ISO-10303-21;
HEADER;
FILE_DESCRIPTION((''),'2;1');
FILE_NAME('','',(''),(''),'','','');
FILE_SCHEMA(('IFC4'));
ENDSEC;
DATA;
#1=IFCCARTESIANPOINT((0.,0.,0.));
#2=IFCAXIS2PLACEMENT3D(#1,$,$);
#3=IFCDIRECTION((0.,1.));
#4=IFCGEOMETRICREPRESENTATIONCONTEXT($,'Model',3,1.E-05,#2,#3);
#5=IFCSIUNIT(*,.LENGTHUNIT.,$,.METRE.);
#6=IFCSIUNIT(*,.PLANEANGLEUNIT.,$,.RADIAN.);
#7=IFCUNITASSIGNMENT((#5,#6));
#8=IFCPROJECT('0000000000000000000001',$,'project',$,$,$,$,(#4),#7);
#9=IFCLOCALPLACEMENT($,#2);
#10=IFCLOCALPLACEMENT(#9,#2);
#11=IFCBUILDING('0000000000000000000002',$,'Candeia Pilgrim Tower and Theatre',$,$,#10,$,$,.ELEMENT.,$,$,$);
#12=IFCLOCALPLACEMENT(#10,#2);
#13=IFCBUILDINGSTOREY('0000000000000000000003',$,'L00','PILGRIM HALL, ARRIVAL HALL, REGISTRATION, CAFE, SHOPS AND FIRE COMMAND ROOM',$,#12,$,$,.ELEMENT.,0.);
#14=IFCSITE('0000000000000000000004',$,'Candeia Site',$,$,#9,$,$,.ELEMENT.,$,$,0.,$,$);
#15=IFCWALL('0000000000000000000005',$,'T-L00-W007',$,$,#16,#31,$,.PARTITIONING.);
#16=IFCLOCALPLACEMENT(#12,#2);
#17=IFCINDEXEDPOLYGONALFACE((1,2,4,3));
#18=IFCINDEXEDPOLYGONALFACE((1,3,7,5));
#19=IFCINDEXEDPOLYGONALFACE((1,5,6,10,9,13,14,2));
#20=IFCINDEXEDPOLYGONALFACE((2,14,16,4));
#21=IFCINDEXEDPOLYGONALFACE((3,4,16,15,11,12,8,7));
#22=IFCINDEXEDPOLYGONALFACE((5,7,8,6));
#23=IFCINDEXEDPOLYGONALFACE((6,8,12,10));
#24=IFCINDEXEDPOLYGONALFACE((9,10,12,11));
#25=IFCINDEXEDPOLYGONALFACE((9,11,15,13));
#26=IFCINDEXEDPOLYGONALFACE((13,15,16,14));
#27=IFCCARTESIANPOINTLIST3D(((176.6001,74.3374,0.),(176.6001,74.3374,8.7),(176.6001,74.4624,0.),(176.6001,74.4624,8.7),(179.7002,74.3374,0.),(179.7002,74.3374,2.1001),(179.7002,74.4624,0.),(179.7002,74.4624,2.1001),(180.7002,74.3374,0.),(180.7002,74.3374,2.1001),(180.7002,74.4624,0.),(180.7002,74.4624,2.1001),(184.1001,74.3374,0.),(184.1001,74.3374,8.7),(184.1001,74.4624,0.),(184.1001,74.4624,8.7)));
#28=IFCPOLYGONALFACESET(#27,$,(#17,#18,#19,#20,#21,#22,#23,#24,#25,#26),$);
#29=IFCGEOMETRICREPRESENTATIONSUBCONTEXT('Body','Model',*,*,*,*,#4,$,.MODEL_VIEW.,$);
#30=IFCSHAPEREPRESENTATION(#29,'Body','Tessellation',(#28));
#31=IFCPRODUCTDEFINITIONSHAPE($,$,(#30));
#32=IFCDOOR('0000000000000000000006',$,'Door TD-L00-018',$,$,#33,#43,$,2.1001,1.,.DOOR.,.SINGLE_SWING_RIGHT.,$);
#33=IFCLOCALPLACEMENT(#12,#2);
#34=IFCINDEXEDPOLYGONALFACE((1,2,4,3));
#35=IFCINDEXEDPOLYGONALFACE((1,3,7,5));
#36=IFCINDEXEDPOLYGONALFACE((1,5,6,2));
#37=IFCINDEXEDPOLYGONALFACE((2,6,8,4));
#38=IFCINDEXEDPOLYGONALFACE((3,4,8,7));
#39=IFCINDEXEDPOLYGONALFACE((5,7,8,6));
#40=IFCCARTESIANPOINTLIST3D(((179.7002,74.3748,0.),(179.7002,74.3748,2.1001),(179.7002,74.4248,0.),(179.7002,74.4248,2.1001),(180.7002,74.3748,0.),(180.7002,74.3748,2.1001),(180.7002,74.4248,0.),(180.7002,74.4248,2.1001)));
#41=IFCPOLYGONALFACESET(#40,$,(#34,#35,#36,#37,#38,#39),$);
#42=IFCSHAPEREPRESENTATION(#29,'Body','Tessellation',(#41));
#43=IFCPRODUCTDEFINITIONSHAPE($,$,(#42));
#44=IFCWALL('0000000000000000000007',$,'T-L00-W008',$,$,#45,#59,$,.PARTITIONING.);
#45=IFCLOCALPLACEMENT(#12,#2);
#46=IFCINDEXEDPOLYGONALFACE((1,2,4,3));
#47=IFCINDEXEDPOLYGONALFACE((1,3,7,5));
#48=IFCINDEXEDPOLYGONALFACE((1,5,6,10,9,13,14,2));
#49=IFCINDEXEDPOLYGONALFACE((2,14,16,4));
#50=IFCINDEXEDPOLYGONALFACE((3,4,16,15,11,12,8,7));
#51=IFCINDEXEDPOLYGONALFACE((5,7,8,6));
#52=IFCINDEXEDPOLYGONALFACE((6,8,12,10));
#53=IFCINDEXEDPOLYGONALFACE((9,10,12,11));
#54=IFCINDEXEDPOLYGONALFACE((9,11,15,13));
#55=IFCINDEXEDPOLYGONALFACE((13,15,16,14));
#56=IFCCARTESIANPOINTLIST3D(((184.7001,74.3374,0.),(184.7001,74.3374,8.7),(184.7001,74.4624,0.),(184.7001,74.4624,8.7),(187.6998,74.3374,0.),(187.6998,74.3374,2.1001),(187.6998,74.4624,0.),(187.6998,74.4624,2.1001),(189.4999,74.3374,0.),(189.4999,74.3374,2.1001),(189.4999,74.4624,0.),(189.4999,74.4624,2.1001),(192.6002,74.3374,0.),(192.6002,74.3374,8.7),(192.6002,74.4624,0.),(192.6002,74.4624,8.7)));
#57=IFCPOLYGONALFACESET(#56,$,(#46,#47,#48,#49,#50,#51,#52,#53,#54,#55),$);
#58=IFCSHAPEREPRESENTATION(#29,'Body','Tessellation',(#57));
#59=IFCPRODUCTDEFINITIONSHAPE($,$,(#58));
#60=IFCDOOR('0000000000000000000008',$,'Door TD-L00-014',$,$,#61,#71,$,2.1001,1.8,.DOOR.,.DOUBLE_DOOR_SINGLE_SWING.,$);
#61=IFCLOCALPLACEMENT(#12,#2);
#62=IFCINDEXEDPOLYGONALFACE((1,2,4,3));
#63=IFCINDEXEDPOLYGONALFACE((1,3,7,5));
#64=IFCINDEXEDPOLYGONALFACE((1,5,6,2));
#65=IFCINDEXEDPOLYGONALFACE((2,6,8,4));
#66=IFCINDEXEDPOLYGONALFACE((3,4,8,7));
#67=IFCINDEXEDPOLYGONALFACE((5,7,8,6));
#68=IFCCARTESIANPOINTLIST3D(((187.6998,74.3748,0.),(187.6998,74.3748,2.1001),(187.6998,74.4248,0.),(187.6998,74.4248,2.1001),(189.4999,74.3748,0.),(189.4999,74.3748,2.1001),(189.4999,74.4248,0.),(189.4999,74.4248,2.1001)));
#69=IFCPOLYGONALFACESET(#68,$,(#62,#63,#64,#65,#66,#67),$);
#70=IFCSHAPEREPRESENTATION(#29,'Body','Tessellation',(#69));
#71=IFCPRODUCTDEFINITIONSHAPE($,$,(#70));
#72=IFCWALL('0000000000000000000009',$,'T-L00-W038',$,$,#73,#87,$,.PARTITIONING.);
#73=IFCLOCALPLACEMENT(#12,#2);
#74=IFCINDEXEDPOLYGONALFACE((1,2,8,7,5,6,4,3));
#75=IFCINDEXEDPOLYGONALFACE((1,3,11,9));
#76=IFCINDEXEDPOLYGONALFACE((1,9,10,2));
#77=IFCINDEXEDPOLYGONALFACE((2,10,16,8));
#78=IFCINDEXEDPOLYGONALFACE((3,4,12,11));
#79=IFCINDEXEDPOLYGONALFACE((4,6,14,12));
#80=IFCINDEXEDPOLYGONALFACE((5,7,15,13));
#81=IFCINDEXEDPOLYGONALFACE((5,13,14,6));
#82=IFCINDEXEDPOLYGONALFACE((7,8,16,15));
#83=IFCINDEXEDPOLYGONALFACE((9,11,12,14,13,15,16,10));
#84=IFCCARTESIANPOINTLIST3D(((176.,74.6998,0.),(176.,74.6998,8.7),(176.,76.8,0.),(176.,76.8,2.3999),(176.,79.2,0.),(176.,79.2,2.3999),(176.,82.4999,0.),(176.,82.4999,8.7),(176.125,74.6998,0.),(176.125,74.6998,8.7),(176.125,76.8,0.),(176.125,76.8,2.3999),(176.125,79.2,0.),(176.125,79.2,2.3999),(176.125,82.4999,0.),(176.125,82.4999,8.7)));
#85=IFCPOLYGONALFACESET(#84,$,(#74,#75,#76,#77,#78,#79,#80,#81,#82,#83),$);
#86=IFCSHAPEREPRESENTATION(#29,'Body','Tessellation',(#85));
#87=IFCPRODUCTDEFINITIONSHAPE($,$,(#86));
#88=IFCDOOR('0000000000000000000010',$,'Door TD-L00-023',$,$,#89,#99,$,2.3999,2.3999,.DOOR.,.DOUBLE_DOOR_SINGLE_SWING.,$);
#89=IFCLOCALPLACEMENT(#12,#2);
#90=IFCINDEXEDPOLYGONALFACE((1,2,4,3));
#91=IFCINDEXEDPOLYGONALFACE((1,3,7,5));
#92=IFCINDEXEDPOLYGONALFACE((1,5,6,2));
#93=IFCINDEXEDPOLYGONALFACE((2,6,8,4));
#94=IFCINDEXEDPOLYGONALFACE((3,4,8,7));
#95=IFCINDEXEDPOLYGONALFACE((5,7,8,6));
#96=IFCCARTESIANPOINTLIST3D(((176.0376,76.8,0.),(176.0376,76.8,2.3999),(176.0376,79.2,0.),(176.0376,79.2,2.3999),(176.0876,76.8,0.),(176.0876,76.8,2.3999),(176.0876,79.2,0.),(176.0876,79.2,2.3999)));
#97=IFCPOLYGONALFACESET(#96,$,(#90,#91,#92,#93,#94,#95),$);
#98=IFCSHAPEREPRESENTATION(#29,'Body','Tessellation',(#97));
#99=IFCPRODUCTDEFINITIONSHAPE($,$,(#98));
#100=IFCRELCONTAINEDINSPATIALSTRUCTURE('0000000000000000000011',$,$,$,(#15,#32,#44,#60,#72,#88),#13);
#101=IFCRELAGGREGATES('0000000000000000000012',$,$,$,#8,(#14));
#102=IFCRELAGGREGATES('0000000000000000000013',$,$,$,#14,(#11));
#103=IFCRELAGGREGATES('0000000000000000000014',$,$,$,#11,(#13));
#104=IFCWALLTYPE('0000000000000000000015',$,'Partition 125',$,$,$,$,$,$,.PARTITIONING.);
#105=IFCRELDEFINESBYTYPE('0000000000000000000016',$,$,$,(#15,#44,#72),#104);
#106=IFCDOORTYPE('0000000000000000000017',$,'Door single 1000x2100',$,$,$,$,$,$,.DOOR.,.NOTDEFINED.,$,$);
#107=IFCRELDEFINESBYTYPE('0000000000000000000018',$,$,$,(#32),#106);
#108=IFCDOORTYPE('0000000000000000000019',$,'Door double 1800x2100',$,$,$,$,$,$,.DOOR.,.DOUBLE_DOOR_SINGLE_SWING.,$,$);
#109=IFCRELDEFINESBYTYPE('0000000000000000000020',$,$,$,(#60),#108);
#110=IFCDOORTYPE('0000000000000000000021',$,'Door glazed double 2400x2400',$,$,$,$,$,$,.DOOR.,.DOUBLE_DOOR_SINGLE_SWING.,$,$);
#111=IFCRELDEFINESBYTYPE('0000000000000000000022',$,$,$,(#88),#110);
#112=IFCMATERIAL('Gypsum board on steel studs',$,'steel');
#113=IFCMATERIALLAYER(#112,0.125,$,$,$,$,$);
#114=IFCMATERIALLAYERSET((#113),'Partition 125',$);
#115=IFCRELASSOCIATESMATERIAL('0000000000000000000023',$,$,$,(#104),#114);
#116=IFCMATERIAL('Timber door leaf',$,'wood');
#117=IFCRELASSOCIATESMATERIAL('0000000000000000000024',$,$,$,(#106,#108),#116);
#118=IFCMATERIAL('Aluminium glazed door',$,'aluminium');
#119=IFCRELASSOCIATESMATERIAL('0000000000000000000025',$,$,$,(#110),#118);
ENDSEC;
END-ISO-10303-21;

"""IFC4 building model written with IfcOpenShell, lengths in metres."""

from ifc_helpers import new_model, si_unit, direction, frame, frame_2d, origin, place, context, subcontext, project, spatial, rectangle, extrude, material, layer, layer_set, type_object, element, fill, save


model = new_model("IFC4")

# Units and contexts
model_context = context("Model", 3, precision=1e-05, world=origin(), true_north=direction((0.0, 1.0)))
body_context = subcontext(model_context, "Body", "Model", "MODEL_VIEW")
ifc_project = project(units=[si_unit("LENGTHUNIT", "METRE"), si_unit("PLANEANGLEUNIT", "RADIAN")], contexts=[model_context])

# Site, building, storey
site_placement = place(None, origin())
site = spatial("IfcSite", under=ifc_project, at=site_placement, Name="Candeia Site", CompositionType="ELEMENT", RefElevation=0.0)
building_placement = place(site_placement, origin())
building = spatial("IfcBuilding", under=site, at=building_placement, Name="Candeia Pilgrim Tower and Theatre", CompositionType="ELEMENT")
storey_placement = place(building_placement, origin())
storey = spatial("IfcBuildingStorey", under=building, at=storey_placement, Name="L00", Description="PILGRIM HALL, ARRIVAL HALL, REGISTRATION, CAFE, SHOPS AND FIRE COMMAND ROOM", CompositionType="ELEMENT", Elevation=0.0)

# Walls, openings, doors
ifc_material_1 = material(Name="Gypsum board on steel studs", Category="steel")
ifc_layer = layer(ifc_material_1, 0.125)
ifc_layer_set = layer_set([ifc_layer], Name="Partition 125")
wall_type = type_object("IfcWallType", Name="Partition 125", PredefinedType="PARTITIONING", material=ifc_layer_set)
wall_1_placement = place(storey_placement, frame((176.6001, 74.3999, 0.0), z_axis=(0.0, 0.0, 1.0), x_axis=(1.0, 0.0, 0.0)))
wall_1 = element("IfcWall", 1, at=wall_1_placement, inside=storey, type_object=wall_type, Name="T-L00-W007", PredefinedType="PARTITIONING", context=body_context, shape_type="SweptSolid", body=[
    extrude(rectangle(XDim=7.5, YDim=0.125, at=frame_2d((3.75, 0.0))), origin(), (0.0, 0.0, 1.0), 8.7),
])
opening_1_placement = place(wall_1_placement, frame((3.1001, 0.0, 0.0)))
opening_1 = element("IfcOpeningElement", 2, at=opening_1_placement, cuts=wall_1, PredefinedType="OPENING", context=body_context, shape_type="SweptSolid", body=[
    extrude(rectangle(XDim=1.0, YDim=2.1001, at=frame_2d((0.5, 1.05))), frame((0.0, 0.0725, 0.0), z_axis=(0.0, -1.0, 0.0), x_axis=(1.0, 0.0, 0.0)), (0.0, 0.0, 1.0), 0.145),
])
ifc_material_2 = material(Name="Timber door leaf", Category="wood")
door_type_1 = type_object("IfcDoorType", Name="Door single 1000x2100", OperationType="NOTDEFINED", PredefinedType="DOOR", material=ifc_material_2)
door_1_placement = place(opening_1_placement, origin())
door_1 = element("IfcDoor", 3, at=door_1_placement, inside=storey, type_object=door_type_1, Name="Door TD-L00-018", OperationType="SINGLE_SWING_RIGHT", OverallHeight=2.1001, OverallWidth=1.0, PredefinedType="DOOR", context=body_context, shape_type="SweptSolid", body=[
    extrude(rectangle(XDim=1.0, YDim=2.1001, at=frame_2d((0.5, 1.05))), frame((0.0, 0.0249, 0.0), z_axis=(0.0, -1.0, 0.0), x_axis=(1.0, 0.0, 0.0)), (0.0, 0.0, 1.0), 0.05),
])
fill(opening_1, door_1)
wall_2_placement = place(storey_placement, frame((184.7, 74.3999, 0.0), z_axis=(0.0, 0.0, 1.0), x_axis=(1.0, 0.0, 0.0)))
wall_2 = element("IfcWall", 4, at=wall_2_placement, inside=storey, type_object=wall_type, Name="T-L00-W008", PredefinedType="PARTITIONING", context=body_context, shape_type="SweptSolid", body=[
    extrude(rectangle(XDim=7.9001, YDim=0.125, at=frame_2d((3.9502, 0.0))), origin(), (0.0, 0.0, 1.0), 8.7),
])
opening_2_placement = place(wall_2_placement, frame((3.0, 0.0, 0.0)))
opening_2 = element("IfcOpeningElement", 5, at=opening_2_placement, cuts=wall_2, PredefinedType="OPENING", context=body_context, shape_type="SweptSolid", body=[
    extrude(rectangle(XDim=1.8, YDim=2.1001, at=frame_2d((0.8999, 1.05))), frame((0.0, 0.0725, 0.0), z_axis=(0.0, -1.0, 0.0), x_axis=(1.0, 0.0, 0.0)), (0.0, 0.0, 1.0), 0.145),
])
door_type_2 = type_object("IfcDoorType", Name="Door double 1800x2100", OperationType="DOUBLE_DOOR_SINGLE_SWING", PredefinedType="DOOR", material=ifc_material_2)
door_2_placement = place(opening_2_placement, origin())
door_2 = element("IfcDoor", 6, at=door_2_placement, inside=storey, type_object=door_type_2, Name="Door TD-L00-014", OperationType="DOUBLE_DOOR_SINGLE_SWING", OverallHeight=2.1001, OverallWidth=1.8, PredefinedType="DOOR", context=body_context, shape_type="SweptSolid", body=[
    extrude(rectangle(XDim=1.8, YDim=2.1001, at=frame_2d((0.8999, 1.05))), frame((0.0, 0.0249, 0.0), z_axis=(0.0, -1.0, 0.0), x_axis=(1.0, 0.0, 0.0)), (0.0, 0.0, 1.0), 0.05),
])
fill(opening_2, door_2)
wall_3_placement = place(storey_placement, frame((176.0625, 74.7, 0.0), z_axis=(0.0, 0.0, 1.0), x_axis=(0.0, 1.0, 0.0)))
wall_3 = element("IfcWall", 7, at=wall_3_placement, inside=storey, type_object=wall_type, Name="T-L00-W038", PredefinedType="PARTITIONING", context=body_context, shape_type="SweptSolid", body=[
    extrude(rectangle(XDim=7.8, YDim=0.125, at=frame_2d((3.8999, 0.0))), origin(), (0.0, 0.0, 1.0), 8.7),
])
opening_3_placement = place(wall_3_placement, frame((2.1001, 0.0, 0.0)))
opening_3 = element("IfcOpeningElement", 8, at=opening_3_placement, cuts=wall_3, PredefinedType="OPENING", context=body_context, shape_type="SweptSolid", body=[
    extrude(rectangle(XDim=2.3999, YDim=2.3999, at=frame_2d((1.2, 1.2))), frame((0.0, 0.0725, 0.0), z_axis=(0.0, -1.0, 0.0), x_axis=(1.0, 0.0, 0.0)), (0.0, 0.0, 1.0), 0.145),
])
ifc_material_3 = material(Name="Aluminium glazed door", Category="aluminium")
door_type_3 = type_object("IfcDoorType", Name="Door glazed double 2400x2400", OperationType="DOUBLE_DOOR_SINGLE_SWING", PredefinedType="DOOR", material=ifc_material_3)
door_3_placement = place(opening_3_placement, origin())
door_3 = element("IfcDoor", 9, at=door_3_placement, inside=storey, type_object=door_type_3, Name="Door TD-L00-023", OperationType="DOUBLE_DOOR_SINGLE_SWING", OverallHeight=2.3999, OverallWidth=2.3999, PredefinedType="DOOR", context=body_context, shape_type="SweptSolid", body=[
    extrude(rectangle(XDim=2.3999, YDim=2.3999, at=frame_2d((1.2, 1.2))), frame((0.0, 0.0249, 0.0), z_axis=(0.0, -1.0, 0.0), x_axis=(1.0, 0.0, 0.0)), (0.0, 0.0, 1.0), 0.05),
])
fill(opening_3, door_3)

save(model, "model.ifc")
